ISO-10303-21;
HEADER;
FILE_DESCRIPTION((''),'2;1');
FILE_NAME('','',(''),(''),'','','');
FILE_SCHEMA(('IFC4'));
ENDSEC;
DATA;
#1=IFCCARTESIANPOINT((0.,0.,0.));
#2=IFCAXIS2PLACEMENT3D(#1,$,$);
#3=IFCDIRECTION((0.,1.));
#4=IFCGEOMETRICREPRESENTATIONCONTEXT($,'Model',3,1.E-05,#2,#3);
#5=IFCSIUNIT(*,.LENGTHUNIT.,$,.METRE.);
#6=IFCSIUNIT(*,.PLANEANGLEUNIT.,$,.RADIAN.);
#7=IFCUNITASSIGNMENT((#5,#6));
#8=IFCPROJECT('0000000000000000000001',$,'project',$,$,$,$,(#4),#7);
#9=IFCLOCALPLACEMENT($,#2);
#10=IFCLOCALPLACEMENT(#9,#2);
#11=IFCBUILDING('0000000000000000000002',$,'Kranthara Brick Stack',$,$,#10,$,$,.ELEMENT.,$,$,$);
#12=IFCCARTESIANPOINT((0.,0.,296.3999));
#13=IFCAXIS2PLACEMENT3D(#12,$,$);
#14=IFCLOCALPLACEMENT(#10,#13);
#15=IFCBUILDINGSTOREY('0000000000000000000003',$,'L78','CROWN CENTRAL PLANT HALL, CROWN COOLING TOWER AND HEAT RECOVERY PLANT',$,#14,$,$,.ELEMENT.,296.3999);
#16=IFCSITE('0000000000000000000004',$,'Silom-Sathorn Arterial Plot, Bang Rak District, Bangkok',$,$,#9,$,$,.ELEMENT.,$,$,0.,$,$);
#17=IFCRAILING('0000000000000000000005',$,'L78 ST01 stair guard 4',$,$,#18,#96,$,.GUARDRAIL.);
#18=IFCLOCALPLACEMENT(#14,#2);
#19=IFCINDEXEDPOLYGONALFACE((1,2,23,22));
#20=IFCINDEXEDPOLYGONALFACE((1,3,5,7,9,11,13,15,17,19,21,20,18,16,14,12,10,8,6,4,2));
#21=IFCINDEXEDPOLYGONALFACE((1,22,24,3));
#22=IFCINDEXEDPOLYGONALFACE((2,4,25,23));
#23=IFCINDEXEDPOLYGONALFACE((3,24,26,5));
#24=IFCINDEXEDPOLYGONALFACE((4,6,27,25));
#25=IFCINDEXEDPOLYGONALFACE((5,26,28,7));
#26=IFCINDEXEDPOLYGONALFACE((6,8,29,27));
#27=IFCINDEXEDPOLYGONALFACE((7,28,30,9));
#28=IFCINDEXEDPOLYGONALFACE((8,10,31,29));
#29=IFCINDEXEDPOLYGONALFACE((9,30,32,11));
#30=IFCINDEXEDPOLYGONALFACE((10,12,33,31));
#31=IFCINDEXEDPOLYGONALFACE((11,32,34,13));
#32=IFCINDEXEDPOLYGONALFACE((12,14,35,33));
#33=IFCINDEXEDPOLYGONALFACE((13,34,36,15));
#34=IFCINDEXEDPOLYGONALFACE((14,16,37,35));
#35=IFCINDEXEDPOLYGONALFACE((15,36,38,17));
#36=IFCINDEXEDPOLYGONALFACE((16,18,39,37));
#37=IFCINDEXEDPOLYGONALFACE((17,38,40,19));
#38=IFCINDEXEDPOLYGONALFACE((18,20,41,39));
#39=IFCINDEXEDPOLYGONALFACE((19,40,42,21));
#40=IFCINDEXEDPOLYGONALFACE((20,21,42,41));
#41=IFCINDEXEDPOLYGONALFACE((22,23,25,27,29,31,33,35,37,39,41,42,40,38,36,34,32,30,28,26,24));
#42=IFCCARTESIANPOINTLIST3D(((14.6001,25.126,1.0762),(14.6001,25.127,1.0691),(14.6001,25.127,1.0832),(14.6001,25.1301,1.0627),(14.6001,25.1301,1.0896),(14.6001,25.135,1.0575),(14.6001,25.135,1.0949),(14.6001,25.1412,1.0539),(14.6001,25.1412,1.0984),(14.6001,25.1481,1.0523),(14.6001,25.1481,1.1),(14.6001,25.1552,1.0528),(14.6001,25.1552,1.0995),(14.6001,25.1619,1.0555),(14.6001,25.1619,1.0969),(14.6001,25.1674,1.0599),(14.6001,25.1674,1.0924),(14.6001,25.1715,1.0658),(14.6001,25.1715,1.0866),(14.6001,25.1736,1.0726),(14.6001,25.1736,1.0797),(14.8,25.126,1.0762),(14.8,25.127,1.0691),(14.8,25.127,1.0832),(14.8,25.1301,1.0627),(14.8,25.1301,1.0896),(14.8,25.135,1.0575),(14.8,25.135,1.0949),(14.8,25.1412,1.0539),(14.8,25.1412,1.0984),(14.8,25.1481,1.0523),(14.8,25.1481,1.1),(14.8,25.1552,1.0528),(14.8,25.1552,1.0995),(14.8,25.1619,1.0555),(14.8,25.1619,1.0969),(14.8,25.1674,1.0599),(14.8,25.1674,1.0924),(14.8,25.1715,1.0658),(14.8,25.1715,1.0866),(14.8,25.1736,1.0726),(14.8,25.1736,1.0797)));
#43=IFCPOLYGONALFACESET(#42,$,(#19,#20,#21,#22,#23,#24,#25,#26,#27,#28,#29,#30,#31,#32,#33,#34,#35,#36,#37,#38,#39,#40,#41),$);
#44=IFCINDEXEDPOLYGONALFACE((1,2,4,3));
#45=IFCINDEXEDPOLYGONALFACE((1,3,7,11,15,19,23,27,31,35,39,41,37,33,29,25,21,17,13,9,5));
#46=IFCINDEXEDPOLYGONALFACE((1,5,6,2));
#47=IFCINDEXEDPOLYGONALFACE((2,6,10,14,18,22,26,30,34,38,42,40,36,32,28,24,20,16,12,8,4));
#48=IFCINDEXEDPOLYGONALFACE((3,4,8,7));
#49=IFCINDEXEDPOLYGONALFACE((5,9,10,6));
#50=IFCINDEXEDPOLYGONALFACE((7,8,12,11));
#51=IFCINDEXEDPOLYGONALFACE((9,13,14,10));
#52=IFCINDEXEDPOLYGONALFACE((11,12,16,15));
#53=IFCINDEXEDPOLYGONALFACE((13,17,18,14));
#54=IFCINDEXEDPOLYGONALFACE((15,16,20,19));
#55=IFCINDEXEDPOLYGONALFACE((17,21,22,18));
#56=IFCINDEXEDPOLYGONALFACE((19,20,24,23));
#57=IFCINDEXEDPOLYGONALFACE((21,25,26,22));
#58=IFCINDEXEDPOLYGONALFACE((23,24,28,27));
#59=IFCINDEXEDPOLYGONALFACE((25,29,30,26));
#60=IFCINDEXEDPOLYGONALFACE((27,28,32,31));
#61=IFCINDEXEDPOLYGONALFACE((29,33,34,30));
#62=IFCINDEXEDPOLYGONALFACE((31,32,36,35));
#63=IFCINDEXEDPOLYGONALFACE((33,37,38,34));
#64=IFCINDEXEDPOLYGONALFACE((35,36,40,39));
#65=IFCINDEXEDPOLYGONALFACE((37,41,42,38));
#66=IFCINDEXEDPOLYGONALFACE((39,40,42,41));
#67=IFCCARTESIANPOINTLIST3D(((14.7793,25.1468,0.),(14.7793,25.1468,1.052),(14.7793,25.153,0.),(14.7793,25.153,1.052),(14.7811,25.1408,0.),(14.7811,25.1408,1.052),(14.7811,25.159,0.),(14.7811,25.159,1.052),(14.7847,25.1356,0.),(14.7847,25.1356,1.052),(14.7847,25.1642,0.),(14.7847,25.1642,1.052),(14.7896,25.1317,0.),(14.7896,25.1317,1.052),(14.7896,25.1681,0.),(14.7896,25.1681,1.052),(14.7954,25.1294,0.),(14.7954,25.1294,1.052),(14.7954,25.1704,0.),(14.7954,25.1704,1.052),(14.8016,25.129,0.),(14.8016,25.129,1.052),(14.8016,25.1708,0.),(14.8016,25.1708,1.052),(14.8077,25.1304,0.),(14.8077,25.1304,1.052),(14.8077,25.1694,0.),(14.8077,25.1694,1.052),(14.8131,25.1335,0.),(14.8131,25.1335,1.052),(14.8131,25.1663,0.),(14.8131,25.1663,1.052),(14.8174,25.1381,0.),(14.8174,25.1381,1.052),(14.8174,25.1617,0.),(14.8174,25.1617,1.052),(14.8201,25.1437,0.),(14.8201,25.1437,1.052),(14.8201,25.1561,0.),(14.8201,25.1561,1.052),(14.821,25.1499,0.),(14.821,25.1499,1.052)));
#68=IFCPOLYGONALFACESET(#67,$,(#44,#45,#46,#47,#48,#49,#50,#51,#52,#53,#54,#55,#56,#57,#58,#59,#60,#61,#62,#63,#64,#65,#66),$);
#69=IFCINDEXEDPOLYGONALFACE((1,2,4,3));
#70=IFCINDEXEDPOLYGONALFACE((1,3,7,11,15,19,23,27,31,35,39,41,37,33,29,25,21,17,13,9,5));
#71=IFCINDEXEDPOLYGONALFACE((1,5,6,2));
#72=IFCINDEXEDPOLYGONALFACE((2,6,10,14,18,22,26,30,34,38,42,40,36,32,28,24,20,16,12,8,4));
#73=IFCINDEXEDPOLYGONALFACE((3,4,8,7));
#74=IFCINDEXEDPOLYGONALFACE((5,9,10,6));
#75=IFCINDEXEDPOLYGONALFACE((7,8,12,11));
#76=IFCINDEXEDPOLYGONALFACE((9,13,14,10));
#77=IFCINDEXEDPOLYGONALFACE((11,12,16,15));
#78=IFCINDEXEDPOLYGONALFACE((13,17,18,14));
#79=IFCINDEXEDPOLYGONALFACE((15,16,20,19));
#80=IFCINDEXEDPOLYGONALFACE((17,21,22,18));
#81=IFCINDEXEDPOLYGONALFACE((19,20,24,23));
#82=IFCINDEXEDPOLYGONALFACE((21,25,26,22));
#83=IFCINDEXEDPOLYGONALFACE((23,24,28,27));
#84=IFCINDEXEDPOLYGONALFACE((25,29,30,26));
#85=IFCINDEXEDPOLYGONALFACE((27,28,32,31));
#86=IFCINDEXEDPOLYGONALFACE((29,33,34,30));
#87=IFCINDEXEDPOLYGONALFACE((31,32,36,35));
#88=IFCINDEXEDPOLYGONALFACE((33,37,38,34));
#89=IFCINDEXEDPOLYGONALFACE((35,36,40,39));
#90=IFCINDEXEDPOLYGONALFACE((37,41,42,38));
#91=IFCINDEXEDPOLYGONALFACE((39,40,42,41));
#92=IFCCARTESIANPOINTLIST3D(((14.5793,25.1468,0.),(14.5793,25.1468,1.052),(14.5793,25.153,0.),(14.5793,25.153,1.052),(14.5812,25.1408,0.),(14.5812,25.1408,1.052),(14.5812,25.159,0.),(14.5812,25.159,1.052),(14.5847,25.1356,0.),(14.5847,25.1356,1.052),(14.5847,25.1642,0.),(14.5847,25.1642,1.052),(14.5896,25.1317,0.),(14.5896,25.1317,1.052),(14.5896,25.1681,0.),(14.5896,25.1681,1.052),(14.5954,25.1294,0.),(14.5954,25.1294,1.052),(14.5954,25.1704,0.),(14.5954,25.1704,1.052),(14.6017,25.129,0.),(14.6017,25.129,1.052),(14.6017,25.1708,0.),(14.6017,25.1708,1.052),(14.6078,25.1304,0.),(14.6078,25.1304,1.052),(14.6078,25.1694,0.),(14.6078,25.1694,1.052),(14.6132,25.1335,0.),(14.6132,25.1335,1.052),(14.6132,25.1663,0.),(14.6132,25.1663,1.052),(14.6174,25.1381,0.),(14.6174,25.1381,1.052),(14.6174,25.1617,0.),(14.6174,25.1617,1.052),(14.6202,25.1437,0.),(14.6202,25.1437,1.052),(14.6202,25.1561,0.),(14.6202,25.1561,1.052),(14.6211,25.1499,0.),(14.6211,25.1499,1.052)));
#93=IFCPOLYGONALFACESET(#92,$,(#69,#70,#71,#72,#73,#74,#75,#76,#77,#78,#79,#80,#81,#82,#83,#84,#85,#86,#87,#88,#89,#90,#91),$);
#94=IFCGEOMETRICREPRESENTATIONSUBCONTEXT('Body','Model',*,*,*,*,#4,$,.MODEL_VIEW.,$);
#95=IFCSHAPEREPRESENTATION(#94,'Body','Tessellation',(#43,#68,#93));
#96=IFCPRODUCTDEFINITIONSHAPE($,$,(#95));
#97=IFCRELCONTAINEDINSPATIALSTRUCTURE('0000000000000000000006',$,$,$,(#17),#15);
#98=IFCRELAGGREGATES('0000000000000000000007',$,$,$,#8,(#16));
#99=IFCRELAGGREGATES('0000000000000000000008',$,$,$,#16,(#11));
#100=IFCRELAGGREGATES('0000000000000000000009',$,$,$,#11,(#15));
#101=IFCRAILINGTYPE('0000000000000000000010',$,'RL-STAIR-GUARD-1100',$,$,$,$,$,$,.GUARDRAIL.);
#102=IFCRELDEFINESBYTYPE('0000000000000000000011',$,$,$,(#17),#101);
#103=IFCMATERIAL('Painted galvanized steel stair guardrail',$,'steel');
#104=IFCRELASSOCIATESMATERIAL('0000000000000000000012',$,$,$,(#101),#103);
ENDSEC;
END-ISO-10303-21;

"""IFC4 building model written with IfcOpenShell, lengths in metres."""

from ifc_helpers import new_model, si_unit, direction, frame, origin, origin_2d, place, context, subcontext, project, spatial, circle, extrude, material, type_object, element, save


model = new_model("IFC4")

# Units and contexts
model_context = context("Model", 3, precision=1e-05, world=origin(), true_north=direction((0.0, 1.0)))
body_context = subcontext(model_context, "Body", "Model", "MODEL_VIEW")
ifc_project = project(units=[si_unit("LENGTHUNIT", "METRE"), si_unit("PLANEANGLEUNIT", "RADIAN")], contexts=[model_context])

# Site, building, storey
site_placement = place(None, origin())
site = spatial("IfcSite", under=ifc_project, at=site_placement, Name="Silom-Sathorn Arterial Plot, Bang Rak District, Bangkok", CompositionType="ELEMENT", RefElevation=0.0)
building_placement = place(site_placement, origin())
building = spatial("IfcBuilding", under=site, at=building_placement, Name="Kranthara Brick Stack", CompositionType="ELEMENT")
storey_placement = place(building_placement, frame((0.0, 0.0, 296.3999)))
storey = spatial("IfcBuildingStorey", under=building, at=storey_placement, Name="L78", Description="CROWN CENTRAL PLANT HALL, CROWN COOLING TOWER AND HEAT RECOVERY PLANT", CompositionType="ELEMENT", Elevation=296.3999)

# Railing
ifc_material_1 = material(Name="Painted galvanized steel stair guardrail", Category="steel")
railing_type_1 = type_object("IfcRailingType", Name="RL-STAIR-GUARD-1100", PredefinedType="GUARDRAIL", material=ifc_material_1)
railing_1_placement = place(storey_placement, frame((14.8, 25.1499, 0.0)))
element("IfcRailing", 1, at=railing_1_placement, inside=storey, type_object=railing_type_1, Name="L78 ST01 stair guard 4", PredefinedType="GUARDRAIL", context=body_context, shape_type="SweptSolid", body=[
    extrude(circle(Radius=0.0239, at=origin_2d()), frame((0.0, 0.0, 1.0762), z_axis=(-1.0, 0.0, 0.0), x_axis=(0.0, -1.0, 0.0)), (0.0, 0.0, 1.0), 0.2),
    extrude(circle(Radius=0.021, at=origin_2d()), origin(), (0.0, 0.0, 1.0), 1.052),
    extrude(circle(Radius=0.021, at=origin_2d()), frame((-0.2, 0.0, 0.0)), (0.0, 0.0, 1.0), 1.052),
])

save(model, "model.ifc")
